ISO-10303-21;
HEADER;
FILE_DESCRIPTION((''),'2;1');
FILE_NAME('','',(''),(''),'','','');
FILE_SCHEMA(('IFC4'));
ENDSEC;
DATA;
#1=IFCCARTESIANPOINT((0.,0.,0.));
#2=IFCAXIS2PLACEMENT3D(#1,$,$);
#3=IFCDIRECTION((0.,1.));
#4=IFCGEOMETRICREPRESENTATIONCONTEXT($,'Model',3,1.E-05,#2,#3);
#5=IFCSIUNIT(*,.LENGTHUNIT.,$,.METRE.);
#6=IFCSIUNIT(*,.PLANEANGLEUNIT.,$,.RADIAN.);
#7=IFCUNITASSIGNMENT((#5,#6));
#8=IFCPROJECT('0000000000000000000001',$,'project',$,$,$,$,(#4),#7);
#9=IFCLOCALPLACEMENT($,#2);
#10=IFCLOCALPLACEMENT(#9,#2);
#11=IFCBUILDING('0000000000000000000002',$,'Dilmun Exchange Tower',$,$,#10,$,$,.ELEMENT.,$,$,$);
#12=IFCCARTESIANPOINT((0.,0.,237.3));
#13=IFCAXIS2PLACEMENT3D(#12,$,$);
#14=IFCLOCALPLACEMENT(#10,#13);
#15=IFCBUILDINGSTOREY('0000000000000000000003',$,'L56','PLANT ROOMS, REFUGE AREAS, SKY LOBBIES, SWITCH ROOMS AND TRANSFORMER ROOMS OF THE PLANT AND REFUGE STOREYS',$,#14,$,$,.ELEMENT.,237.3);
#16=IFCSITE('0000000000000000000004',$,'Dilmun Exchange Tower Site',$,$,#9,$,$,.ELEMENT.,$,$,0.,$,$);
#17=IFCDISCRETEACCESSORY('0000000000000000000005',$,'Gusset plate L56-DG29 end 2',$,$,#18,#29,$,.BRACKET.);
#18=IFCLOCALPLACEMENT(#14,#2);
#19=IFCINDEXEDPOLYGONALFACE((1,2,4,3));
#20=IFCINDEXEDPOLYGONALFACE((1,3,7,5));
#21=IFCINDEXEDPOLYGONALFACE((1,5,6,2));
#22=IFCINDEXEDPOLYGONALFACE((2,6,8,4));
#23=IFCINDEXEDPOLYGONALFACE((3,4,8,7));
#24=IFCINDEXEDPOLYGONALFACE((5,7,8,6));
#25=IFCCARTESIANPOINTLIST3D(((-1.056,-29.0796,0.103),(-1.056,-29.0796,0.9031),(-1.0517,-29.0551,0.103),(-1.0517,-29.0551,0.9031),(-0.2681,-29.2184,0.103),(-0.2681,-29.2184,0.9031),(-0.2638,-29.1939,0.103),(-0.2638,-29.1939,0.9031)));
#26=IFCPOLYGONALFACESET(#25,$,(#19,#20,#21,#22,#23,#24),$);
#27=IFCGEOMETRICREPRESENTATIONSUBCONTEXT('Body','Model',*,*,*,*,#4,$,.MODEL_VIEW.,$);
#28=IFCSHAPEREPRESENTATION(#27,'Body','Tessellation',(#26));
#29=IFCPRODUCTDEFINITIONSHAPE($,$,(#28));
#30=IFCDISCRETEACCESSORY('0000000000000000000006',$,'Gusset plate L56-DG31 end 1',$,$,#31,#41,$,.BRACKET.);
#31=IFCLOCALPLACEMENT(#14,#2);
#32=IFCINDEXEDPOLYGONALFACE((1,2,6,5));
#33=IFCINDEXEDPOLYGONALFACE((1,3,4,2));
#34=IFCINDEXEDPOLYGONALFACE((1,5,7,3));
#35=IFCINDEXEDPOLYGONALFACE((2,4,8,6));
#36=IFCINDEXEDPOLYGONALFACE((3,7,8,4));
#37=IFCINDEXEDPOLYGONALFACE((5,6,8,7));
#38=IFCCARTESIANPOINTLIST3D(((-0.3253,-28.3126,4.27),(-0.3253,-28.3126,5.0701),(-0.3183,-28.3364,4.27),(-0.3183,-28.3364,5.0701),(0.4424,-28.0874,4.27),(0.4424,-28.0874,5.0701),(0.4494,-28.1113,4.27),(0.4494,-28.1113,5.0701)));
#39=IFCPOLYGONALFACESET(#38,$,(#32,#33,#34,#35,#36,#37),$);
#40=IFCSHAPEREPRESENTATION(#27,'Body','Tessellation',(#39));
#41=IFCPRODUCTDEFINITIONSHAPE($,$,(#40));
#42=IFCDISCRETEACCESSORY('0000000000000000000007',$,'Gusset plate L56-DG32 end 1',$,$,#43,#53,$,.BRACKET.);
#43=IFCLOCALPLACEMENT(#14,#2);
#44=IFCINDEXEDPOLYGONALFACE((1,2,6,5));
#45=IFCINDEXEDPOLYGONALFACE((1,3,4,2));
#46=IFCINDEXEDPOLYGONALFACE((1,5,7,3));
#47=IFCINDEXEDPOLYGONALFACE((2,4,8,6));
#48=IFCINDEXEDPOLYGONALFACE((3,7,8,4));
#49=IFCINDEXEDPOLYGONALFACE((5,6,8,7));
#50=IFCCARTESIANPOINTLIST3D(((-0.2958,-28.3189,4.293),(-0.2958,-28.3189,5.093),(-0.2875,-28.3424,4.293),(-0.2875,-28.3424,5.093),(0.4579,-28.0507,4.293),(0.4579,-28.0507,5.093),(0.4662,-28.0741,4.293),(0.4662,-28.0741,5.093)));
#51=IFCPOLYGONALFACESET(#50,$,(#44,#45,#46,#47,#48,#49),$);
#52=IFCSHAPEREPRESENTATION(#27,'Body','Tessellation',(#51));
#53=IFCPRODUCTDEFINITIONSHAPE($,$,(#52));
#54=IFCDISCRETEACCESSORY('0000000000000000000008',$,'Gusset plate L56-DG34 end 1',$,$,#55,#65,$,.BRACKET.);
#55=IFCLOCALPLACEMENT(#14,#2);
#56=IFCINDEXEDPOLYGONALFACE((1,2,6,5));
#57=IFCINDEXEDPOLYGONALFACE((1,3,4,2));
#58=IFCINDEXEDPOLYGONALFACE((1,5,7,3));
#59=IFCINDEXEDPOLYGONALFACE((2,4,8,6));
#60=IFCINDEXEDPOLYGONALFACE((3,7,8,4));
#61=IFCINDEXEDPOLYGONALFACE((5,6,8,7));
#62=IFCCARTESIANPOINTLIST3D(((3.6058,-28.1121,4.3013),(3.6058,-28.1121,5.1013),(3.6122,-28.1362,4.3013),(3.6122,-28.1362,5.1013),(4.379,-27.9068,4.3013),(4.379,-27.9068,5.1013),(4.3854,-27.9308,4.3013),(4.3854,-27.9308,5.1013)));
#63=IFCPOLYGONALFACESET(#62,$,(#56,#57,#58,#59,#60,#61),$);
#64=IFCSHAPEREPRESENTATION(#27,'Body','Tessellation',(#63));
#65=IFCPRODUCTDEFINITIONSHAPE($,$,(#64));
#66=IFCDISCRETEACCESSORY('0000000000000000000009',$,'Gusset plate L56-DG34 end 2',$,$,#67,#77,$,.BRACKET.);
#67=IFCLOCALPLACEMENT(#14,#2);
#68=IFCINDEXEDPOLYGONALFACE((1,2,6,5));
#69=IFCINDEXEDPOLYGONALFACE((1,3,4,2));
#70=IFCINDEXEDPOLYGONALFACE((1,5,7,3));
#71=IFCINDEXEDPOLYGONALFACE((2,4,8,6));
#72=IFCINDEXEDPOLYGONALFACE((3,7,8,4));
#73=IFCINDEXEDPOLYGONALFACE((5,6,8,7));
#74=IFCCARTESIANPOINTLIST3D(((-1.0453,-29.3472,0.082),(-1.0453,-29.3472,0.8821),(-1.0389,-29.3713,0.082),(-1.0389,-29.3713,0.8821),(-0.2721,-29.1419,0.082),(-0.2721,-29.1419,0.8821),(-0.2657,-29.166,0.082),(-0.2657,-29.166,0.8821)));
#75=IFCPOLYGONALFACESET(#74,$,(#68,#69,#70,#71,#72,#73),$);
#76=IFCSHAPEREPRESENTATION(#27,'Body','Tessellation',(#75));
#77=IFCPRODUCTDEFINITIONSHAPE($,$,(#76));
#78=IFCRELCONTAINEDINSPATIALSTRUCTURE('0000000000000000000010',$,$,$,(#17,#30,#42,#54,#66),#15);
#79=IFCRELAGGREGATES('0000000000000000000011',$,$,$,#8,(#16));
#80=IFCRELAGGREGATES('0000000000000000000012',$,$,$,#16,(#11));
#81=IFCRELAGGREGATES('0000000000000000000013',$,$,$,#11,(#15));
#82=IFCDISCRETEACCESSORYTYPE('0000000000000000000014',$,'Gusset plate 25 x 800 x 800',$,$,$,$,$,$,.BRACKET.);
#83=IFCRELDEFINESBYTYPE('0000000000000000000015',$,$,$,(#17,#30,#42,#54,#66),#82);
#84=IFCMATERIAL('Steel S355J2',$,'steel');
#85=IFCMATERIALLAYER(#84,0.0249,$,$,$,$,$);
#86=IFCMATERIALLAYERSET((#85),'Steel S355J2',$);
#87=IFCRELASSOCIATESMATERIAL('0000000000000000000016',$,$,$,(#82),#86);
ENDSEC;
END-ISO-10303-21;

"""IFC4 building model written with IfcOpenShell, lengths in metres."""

from ifc_helpers import new_model, si_unit, direction, frame, origin, origin_2d, place, context, subcontext, project, spatial, rectangle, extrude, material, layer, layer_set, type_object, element, save


model = new_model("IFC4")

# Units and contexts
model_context = context("Model", 3, precision=1e-05, world=origin(), true_north=direction((0.0, 1.0)))
body_context = subcontext(model_context, "Body", "Model", "MODEL_VIEW")
ifc_project = project(units=[si_unit("LENGTHUNIT", "METRE"), si_unit("PLANEANGLEUNIT", "RADIAN")], contexts=[model_context])

# Site, building, storey
site_placement = place(None, origin())
site = spatial("IfcSite", under=ifc_project, at=site_placement, Name="Dilmun Exchange Tower Site", CompositionType="ELEMENT", RefElevation=0.0)
building_placement = place(site_placement, origin())
building = spatial("IfcBuilding", under=site, at=building_placement, Name="Dilmun Exchange Tower", CompositionType="ELEMENT")
storey_placement = place(building_placement, frame((0.0, 0.0, 237.3)))
storey = spatial("IfcBuildingStorey", under=building, at=storey_placement, Name="L56", Description="PLANT ROOMS, REFUGE AREAS, SKY LOBBIES, SWITCH ROOMS AND TRANSFORMER ROOMS OF THE PLANT AND REFUGE STOREYS", CompositionType="ELEMENT", Elevation=237.3)

# Discrete accessories
ifc_material_1 = material(Name="Steel S355J2", Category="steel")
ifc_layer_1 = layer(ifc_material_1, 0.0249)
ifc_layer_set_1 = layer_set([ifc_layer_1], Name="Steel S355J2")
discrete_accessory_type = type_object("IfcDiscreteAccessoryType", Name="Gusset plate 25 x 800 x 800", PredefinedType="BRACKET", material=ifc_layer_set_1)
for number, where, z_axis, x_axis, name in (
    (1, (-0.6599, -29.1367, 0.103), (0.0, 0.0, 1.0), (0.984838, -0.173475, 0.0), "Gusset plate L56-DG29 end 2"),
    (2, (0.062, -28.2119, 4.27), (0.0, 0.0, 1.0), (0.959577, 0.281447, 0.0), "Gusset plate L56-DG31 end 1"),
    (3, (0.0852, -28.1965, 4.293), (0.0, 0.0, 1.0), (0.942112, 0.335299, 0.0), "Gusset plate L56-DG32 end 1"),
    (4, (3.9956, -28.0215, 4.3013), (0.0, 0.0, 1.0), (-0.966502, -0.256661, 0.0), "Gusset plate L56-DG34 end 1"),
    (5, (-0.6555, -29.2566, 0.082), (0.0, 0.0, 1.0), (-0.966502, -0.256661, 0.0), "Gusset plate L56-DG34 end 2"),
):
    element("IfcDiscreteAccessory", number, at=place(storey_placement, frame(where, z_axis=z_axis, x_axis=x_axis)), inside=storey, type_object=discrete_accessory_type, Name=name, PredefinedType="BRACKET", context=body_context, shape_type="SweptSolid", body=[
        extrude(rectangle(XDim=0.8, YDim=0.0249, at=origin_2d()), origin(), (0.0, 0.0, 1.0), 0.8),
    ])

save(model, "model.ifc")
